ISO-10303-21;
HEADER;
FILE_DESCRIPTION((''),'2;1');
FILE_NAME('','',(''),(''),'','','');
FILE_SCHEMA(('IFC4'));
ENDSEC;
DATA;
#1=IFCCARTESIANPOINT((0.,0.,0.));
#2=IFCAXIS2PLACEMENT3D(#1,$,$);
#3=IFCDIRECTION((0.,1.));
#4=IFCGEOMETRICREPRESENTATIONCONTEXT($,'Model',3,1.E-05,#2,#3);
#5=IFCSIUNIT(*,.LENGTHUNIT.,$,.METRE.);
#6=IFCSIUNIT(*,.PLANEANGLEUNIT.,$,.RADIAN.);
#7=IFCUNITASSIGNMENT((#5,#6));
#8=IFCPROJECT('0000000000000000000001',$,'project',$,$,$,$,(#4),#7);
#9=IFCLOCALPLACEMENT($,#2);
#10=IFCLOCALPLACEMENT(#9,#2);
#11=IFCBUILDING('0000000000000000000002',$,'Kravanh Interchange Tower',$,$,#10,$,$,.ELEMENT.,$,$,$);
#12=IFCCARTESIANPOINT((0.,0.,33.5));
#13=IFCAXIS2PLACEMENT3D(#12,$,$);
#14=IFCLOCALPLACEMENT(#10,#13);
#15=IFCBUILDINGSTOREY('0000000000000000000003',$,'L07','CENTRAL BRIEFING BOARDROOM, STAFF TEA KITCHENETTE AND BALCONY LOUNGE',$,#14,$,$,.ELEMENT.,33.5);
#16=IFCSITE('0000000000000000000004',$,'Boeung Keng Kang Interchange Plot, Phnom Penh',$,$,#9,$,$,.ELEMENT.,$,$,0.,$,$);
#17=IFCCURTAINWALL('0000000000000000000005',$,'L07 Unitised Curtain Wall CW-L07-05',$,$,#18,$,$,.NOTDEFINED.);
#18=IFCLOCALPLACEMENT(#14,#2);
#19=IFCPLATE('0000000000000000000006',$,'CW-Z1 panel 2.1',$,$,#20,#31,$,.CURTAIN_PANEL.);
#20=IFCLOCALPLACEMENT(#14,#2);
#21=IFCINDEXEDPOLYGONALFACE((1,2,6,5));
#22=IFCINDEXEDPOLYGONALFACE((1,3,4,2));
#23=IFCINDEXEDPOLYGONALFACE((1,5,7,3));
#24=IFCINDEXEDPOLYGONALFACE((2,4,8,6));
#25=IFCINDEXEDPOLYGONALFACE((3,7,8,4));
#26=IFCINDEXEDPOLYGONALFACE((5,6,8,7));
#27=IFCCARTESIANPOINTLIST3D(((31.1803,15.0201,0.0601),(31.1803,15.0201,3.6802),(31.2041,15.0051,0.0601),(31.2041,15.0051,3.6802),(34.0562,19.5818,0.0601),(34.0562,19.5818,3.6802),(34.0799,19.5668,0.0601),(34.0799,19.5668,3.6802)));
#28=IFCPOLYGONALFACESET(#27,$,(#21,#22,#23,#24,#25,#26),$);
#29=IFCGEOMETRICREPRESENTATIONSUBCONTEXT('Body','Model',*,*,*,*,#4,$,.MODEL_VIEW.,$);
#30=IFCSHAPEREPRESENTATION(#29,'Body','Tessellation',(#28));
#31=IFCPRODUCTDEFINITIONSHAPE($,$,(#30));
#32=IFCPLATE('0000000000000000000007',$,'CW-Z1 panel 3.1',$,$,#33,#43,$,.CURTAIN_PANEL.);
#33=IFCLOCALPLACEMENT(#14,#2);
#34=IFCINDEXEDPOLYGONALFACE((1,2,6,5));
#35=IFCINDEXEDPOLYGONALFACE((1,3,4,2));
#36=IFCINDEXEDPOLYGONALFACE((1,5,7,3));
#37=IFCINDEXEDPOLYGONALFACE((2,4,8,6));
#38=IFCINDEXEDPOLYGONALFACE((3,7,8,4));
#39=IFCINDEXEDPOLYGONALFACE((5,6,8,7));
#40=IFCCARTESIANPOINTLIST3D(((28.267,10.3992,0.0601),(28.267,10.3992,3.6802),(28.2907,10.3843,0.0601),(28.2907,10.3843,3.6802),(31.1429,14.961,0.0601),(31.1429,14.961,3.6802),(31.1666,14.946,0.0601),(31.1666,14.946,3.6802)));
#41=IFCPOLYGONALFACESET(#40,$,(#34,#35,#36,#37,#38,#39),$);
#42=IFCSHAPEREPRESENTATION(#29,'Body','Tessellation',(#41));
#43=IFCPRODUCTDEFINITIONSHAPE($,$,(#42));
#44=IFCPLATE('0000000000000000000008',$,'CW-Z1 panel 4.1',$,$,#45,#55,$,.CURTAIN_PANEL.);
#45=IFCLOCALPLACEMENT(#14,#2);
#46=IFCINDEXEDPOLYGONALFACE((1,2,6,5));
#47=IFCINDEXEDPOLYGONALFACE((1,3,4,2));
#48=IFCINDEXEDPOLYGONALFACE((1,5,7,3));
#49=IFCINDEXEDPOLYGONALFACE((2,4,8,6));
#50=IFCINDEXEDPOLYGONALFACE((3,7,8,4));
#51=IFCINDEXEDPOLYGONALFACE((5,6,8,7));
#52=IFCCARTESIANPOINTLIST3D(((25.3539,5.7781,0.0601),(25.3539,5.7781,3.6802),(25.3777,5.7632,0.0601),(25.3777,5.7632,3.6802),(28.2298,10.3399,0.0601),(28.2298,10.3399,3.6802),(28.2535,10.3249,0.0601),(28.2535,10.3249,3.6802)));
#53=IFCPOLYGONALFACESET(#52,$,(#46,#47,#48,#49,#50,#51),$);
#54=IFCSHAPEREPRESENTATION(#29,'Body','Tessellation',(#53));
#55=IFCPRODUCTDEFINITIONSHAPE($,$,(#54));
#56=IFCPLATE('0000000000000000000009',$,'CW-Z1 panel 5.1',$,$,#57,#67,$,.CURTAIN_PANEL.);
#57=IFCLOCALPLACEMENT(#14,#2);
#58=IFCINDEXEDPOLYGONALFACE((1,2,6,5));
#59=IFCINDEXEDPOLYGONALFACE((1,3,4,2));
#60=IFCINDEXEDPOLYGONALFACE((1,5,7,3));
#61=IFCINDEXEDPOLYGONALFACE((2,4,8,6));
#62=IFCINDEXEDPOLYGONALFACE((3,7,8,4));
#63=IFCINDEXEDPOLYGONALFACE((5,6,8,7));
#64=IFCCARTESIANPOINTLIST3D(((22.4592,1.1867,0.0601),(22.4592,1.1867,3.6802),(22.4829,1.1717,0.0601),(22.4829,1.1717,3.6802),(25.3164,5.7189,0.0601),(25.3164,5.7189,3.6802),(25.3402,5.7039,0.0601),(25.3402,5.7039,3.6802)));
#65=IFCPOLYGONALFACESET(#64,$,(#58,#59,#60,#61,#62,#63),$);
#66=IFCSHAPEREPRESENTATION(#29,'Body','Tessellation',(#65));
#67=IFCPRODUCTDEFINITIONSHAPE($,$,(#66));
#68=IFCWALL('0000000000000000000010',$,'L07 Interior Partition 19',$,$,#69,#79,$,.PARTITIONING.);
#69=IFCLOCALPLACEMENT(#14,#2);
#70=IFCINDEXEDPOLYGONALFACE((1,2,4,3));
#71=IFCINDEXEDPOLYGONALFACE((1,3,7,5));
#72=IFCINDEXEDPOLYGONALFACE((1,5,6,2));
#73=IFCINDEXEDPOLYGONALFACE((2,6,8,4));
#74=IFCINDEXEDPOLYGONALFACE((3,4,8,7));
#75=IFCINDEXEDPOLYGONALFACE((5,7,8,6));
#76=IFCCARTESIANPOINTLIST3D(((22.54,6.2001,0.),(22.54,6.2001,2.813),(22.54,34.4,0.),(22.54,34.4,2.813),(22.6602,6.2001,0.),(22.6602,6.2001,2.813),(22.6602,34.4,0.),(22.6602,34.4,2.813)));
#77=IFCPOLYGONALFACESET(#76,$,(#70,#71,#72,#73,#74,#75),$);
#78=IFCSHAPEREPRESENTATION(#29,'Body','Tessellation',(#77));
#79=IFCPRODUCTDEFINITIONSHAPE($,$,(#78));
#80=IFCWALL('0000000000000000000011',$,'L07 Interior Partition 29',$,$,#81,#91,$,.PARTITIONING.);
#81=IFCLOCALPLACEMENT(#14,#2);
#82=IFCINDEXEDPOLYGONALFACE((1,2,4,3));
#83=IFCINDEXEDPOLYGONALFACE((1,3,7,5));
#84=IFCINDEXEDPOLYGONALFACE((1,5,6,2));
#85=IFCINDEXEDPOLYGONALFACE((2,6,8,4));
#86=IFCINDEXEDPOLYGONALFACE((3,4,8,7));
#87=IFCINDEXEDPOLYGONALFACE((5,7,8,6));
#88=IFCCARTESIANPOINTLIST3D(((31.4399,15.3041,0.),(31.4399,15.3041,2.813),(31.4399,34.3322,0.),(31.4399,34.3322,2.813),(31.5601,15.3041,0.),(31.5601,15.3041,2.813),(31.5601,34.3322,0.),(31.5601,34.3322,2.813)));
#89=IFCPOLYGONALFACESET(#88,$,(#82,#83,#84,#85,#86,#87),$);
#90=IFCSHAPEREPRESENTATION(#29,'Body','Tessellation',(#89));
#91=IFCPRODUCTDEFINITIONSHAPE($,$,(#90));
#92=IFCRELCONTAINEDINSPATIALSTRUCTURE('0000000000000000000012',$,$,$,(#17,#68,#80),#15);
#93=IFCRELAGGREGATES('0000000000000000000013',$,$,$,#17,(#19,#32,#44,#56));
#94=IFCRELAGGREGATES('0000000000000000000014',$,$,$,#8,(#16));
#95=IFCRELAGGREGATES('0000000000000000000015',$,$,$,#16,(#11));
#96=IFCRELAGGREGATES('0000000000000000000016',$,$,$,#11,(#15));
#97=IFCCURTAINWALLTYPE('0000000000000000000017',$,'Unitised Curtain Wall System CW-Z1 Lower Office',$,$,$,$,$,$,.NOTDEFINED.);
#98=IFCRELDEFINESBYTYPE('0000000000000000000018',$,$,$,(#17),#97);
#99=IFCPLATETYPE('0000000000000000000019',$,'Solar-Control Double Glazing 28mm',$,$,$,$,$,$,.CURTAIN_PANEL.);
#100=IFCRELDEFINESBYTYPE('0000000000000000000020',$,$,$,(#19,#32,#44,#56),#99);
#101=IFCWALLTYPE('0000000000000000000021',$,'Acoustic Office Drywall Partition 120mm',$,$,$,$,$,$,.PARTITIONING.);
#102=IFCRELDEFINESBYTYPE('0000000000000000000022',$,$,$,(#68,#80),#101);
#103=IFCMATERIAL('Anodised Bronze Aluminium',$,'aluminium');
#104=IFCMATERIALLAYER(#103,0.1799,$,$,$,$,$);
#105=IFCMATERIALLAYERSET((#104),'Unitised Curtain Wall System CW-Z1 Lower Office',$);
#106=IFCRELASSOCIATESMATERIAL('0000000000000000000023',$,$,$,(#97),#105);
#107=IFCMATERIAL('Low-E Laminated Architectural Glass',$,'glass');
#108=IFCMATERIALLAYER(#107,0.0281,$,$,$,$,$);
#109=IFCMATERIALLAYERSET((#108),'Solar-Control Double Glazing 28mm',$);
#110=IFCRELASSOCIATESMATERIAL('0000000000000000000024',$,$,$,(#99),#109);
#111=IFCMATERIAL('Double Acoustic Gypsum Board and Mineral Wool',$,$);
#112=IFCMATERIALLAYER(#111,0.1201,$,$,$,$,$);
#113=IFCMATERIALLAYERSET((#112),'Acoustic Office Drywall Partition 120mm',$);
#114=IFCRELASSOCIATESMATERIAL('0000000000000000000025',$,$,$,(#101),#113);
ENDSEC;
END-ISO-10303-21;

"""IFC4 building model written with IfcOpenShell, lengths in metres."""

from ifc_helpers import new_model, si_unit, direction, frame, frame_2d, origin, origin_2d, place, context, subcontext, project, spatial, rectangle, extrude, material, layer, layer_set, type_object, element, aggregate, save


model = new_model("IFC4")

# Units and contexts
model_context = context("Model", 3, precision=1e-05, world=origin(), true_north=direction((0.0, 1.0)))
body_context = subcontext(model_context, "Body", "Model", "MODEL_VIEW")
ifc_project = project(units=[si_unit("LENGTHUNIT", "METRE"), si_unit("PLANEANGLEUNIT", "RADIAN")], contexts=[model_context])

# Site, building, storey
site_placement = place(None, origin())
site = spatial("IfcSite", under=ifc_project, at=site_placement, Name="Boeung Keng Kang Interchange Plot, Phnom Penh", CompositionType="ELEMENT", RefElevation=0.0)
building_placement = place(site_placement, origin())
building = spatial("IfcBuilding", under=site, at=building_placement, Name="Kravanh Interchange Tower", CompositionType="ELEMENT")
storey_placement = place(building_placement, frame((0.0, 0.0, 33.5)))
storey = spatial("IfcBuildingStorey", under=building, at=storey_placement, Name="L07", Description="CENTRAL BRIEFING BOARDROOM, STAFF TEA KITCHENETTE AND BALCONY LOUNGE", CompositionType="ELEMENT", Elevation=33.5)

# Curtain wall
ifc_material_1 = material(Name="Anodised Bronze Aluminium", Category="aluminium")
ifc_layer_1 = layer(ifc_material_1, 0.1799)
ifc_layer_set_1 = layer_set([ifc_layer_1], Name="Unitised Curtain Wall System CW-Z1 Lower Office")
curtain_wall_type = type_object("IfcCurtainWallType", Name="Unitised Curtain Wall System CW-Z1 Lower Office", PredefinedType="NOTDEFINED", material=ifc_layer_set_1)
curtain_wall_1_placement = place(storey_placement, origin())
curtain_wall_1 = element("IfcCurtainWall", 1, at=curtain_wall_1_placement, inside=storey, type_object=curtain_wall_type, Name="L07 Unitised Curtain Wall CW-L07-05", PredefinedType="NOTDEFINED")

# Plates
ifc_material_2 = material(Name="Low-E Laminated Architectural Glass", Category="glass")
ifc_layer_2 = layer(ifc_material_2, 0.0281)
ifc_layer_set_2 = layer_set([ifc_layer_2], Name="Solar-Control Double Glazing 28mm")
plate_type = type_object("IfcPlateType", Name="Solar-Control Double Glazing 28mm", PredefinedType="CURTAIN_PANEL", material=ifc_layer_set_2)
plate_1_placement = place(storey_placement, frame((32.6301, 17.2935, 0.0601), z_axis=(0.0, 0.0, 1.0), x_axis=(-0.533301, -0.845926, 0.0)))
plate_1 = element("IfcPlate", 2, at=plate_1_placement, type_object=plate_type, Name="CW-Z1 panel 2.1", PredefinedType="CURTAIN_PANEL", context=body_context, shape_type="SweptSolid", body=[
    extrude(rectangle(XDim=5.3926, YDim=0.0281, at=origin_2d()), origin(), (0.0, 0.0, 1.0), 3.6201),
])
plate_2_placement = place(storey_placement, frame((29.7168, 12.6726, 0.0601), z_axis=(0.0, 0.0, 1.0), x_axis=(-0.533301, -0.845926, 0.0)))
plate_2 = element("IfcPlate", 3, at=plate_2_placement, type_object=plate_type, Name="CW-Z1 panel 3.1", PredefinedType="CURTAIN_PANEL", context=body_context, shape_type="SweptSolid", body=[
    extrude(rectangle(XDim=5.3926, YDim=0.0281, at=origin_2d()), origin(), (0.0, 0.0, 1.0), 3.6201),
])
plate_3_placement = place(storey_placement, frame((26.8037, 8.0515, 0.0601), z_axis=(0.0, 0.0, 1.0), x_axis=(-0.533301, -0.845926, 0.0)))
plate_3 = element("IfcPlate", 4, at=plate_3_placement, type_object=plate_type, Name="CW-Z1 panel 4.1", PredefinedType="CURTAIN_PANEL", context=body_context, shape_type="SweptSolid", body=[
    extrude(rectangle(XDim=5.3926, YDim=0.0281, at=origin_2d()), origin(), (0.0, 0.0, 1.0), 3.6201),
])
plate_4_placement = place(storey_placement, frame((23.8997, 3.4453, 0.0601), z_axis=(0.0, 0.0, 1.0), x_axis=(-0.533301, -0.845926, 0.0)))
plate_4 = element("IfcPlate", 5, at=plate_4_placement, type_object=plate_type, Name="CW-Z1 panel 5.1", PredefinedType="CURTAIN_PANEL", context=body_context, shape_type="SweptSolid", body=[
    extrude(rectangle(XDim=5.3577, YDim=0.0281, at=origin_2d()), origin(), (0.0, 0.0, 1.0), 3.6201),
])
aggregate(curtain_wall_1, [plate_1, plate_2, plate_3, plate_4])

# Walls
ifc_material_3 = material(Name="Double Acoustic Gypsum Board and Mineral Wool")
ifc_layer_3 = layer(ifc_material_3, 0.1201)
ifc_layer_set_3 = layer_set([ifc_layer_3], Name="Acoustic Office Drywall Partition 120mm")
wall_type = type_object("IfcWallType", Name="Acoustic Office Drywall Partition 120mm", PredefinedType="PARTITIONING", material=ifc_layer_set_3)
wall_1_placement = place(storey_placement, frame((22.6001, 6.2, 0.0), z_axis=(0.0, 0.0, 1.0), x_axis=(0.0, 1.0, 0.0)))
element("IfcWall", 6, at=wall_1_placement, inside=storey, type_object=wall_type, Name="L07 Interior Partition 19", PredefinedType="PARTITIONING", context=body_context, shape_type="SweptSolid", body=[
    extrude(rectangle(XDim=28.2, YDim=0.1201, at=frame_2d((14.1001, 0.0))), origin(), (0.0, 0.0, 1.0), 2.813),
])
wall_2_placement = place(storey_placement, frame((31.5, 15.304, 0.0), z_axis=(0.0, 0.0, 1.0), x_axis=(0.0, 1.0, 0.0)))
element("IfcWall", 7, at=wall_2_placement, inside=storey, type_object=wall_type, Name="L07 Interior Partition 29", PredefinedType="PARTITIONING", context=body_context, shape_type="SweptSolid", body=[
    extrude(rectangle(XDim=19.0281, YDim=0.1201, at=frame_2d((9.5142, 0.0))), origin(), (0.0, 0.0, 1.0), 2.813),
])

save(model, "model.ifc")
